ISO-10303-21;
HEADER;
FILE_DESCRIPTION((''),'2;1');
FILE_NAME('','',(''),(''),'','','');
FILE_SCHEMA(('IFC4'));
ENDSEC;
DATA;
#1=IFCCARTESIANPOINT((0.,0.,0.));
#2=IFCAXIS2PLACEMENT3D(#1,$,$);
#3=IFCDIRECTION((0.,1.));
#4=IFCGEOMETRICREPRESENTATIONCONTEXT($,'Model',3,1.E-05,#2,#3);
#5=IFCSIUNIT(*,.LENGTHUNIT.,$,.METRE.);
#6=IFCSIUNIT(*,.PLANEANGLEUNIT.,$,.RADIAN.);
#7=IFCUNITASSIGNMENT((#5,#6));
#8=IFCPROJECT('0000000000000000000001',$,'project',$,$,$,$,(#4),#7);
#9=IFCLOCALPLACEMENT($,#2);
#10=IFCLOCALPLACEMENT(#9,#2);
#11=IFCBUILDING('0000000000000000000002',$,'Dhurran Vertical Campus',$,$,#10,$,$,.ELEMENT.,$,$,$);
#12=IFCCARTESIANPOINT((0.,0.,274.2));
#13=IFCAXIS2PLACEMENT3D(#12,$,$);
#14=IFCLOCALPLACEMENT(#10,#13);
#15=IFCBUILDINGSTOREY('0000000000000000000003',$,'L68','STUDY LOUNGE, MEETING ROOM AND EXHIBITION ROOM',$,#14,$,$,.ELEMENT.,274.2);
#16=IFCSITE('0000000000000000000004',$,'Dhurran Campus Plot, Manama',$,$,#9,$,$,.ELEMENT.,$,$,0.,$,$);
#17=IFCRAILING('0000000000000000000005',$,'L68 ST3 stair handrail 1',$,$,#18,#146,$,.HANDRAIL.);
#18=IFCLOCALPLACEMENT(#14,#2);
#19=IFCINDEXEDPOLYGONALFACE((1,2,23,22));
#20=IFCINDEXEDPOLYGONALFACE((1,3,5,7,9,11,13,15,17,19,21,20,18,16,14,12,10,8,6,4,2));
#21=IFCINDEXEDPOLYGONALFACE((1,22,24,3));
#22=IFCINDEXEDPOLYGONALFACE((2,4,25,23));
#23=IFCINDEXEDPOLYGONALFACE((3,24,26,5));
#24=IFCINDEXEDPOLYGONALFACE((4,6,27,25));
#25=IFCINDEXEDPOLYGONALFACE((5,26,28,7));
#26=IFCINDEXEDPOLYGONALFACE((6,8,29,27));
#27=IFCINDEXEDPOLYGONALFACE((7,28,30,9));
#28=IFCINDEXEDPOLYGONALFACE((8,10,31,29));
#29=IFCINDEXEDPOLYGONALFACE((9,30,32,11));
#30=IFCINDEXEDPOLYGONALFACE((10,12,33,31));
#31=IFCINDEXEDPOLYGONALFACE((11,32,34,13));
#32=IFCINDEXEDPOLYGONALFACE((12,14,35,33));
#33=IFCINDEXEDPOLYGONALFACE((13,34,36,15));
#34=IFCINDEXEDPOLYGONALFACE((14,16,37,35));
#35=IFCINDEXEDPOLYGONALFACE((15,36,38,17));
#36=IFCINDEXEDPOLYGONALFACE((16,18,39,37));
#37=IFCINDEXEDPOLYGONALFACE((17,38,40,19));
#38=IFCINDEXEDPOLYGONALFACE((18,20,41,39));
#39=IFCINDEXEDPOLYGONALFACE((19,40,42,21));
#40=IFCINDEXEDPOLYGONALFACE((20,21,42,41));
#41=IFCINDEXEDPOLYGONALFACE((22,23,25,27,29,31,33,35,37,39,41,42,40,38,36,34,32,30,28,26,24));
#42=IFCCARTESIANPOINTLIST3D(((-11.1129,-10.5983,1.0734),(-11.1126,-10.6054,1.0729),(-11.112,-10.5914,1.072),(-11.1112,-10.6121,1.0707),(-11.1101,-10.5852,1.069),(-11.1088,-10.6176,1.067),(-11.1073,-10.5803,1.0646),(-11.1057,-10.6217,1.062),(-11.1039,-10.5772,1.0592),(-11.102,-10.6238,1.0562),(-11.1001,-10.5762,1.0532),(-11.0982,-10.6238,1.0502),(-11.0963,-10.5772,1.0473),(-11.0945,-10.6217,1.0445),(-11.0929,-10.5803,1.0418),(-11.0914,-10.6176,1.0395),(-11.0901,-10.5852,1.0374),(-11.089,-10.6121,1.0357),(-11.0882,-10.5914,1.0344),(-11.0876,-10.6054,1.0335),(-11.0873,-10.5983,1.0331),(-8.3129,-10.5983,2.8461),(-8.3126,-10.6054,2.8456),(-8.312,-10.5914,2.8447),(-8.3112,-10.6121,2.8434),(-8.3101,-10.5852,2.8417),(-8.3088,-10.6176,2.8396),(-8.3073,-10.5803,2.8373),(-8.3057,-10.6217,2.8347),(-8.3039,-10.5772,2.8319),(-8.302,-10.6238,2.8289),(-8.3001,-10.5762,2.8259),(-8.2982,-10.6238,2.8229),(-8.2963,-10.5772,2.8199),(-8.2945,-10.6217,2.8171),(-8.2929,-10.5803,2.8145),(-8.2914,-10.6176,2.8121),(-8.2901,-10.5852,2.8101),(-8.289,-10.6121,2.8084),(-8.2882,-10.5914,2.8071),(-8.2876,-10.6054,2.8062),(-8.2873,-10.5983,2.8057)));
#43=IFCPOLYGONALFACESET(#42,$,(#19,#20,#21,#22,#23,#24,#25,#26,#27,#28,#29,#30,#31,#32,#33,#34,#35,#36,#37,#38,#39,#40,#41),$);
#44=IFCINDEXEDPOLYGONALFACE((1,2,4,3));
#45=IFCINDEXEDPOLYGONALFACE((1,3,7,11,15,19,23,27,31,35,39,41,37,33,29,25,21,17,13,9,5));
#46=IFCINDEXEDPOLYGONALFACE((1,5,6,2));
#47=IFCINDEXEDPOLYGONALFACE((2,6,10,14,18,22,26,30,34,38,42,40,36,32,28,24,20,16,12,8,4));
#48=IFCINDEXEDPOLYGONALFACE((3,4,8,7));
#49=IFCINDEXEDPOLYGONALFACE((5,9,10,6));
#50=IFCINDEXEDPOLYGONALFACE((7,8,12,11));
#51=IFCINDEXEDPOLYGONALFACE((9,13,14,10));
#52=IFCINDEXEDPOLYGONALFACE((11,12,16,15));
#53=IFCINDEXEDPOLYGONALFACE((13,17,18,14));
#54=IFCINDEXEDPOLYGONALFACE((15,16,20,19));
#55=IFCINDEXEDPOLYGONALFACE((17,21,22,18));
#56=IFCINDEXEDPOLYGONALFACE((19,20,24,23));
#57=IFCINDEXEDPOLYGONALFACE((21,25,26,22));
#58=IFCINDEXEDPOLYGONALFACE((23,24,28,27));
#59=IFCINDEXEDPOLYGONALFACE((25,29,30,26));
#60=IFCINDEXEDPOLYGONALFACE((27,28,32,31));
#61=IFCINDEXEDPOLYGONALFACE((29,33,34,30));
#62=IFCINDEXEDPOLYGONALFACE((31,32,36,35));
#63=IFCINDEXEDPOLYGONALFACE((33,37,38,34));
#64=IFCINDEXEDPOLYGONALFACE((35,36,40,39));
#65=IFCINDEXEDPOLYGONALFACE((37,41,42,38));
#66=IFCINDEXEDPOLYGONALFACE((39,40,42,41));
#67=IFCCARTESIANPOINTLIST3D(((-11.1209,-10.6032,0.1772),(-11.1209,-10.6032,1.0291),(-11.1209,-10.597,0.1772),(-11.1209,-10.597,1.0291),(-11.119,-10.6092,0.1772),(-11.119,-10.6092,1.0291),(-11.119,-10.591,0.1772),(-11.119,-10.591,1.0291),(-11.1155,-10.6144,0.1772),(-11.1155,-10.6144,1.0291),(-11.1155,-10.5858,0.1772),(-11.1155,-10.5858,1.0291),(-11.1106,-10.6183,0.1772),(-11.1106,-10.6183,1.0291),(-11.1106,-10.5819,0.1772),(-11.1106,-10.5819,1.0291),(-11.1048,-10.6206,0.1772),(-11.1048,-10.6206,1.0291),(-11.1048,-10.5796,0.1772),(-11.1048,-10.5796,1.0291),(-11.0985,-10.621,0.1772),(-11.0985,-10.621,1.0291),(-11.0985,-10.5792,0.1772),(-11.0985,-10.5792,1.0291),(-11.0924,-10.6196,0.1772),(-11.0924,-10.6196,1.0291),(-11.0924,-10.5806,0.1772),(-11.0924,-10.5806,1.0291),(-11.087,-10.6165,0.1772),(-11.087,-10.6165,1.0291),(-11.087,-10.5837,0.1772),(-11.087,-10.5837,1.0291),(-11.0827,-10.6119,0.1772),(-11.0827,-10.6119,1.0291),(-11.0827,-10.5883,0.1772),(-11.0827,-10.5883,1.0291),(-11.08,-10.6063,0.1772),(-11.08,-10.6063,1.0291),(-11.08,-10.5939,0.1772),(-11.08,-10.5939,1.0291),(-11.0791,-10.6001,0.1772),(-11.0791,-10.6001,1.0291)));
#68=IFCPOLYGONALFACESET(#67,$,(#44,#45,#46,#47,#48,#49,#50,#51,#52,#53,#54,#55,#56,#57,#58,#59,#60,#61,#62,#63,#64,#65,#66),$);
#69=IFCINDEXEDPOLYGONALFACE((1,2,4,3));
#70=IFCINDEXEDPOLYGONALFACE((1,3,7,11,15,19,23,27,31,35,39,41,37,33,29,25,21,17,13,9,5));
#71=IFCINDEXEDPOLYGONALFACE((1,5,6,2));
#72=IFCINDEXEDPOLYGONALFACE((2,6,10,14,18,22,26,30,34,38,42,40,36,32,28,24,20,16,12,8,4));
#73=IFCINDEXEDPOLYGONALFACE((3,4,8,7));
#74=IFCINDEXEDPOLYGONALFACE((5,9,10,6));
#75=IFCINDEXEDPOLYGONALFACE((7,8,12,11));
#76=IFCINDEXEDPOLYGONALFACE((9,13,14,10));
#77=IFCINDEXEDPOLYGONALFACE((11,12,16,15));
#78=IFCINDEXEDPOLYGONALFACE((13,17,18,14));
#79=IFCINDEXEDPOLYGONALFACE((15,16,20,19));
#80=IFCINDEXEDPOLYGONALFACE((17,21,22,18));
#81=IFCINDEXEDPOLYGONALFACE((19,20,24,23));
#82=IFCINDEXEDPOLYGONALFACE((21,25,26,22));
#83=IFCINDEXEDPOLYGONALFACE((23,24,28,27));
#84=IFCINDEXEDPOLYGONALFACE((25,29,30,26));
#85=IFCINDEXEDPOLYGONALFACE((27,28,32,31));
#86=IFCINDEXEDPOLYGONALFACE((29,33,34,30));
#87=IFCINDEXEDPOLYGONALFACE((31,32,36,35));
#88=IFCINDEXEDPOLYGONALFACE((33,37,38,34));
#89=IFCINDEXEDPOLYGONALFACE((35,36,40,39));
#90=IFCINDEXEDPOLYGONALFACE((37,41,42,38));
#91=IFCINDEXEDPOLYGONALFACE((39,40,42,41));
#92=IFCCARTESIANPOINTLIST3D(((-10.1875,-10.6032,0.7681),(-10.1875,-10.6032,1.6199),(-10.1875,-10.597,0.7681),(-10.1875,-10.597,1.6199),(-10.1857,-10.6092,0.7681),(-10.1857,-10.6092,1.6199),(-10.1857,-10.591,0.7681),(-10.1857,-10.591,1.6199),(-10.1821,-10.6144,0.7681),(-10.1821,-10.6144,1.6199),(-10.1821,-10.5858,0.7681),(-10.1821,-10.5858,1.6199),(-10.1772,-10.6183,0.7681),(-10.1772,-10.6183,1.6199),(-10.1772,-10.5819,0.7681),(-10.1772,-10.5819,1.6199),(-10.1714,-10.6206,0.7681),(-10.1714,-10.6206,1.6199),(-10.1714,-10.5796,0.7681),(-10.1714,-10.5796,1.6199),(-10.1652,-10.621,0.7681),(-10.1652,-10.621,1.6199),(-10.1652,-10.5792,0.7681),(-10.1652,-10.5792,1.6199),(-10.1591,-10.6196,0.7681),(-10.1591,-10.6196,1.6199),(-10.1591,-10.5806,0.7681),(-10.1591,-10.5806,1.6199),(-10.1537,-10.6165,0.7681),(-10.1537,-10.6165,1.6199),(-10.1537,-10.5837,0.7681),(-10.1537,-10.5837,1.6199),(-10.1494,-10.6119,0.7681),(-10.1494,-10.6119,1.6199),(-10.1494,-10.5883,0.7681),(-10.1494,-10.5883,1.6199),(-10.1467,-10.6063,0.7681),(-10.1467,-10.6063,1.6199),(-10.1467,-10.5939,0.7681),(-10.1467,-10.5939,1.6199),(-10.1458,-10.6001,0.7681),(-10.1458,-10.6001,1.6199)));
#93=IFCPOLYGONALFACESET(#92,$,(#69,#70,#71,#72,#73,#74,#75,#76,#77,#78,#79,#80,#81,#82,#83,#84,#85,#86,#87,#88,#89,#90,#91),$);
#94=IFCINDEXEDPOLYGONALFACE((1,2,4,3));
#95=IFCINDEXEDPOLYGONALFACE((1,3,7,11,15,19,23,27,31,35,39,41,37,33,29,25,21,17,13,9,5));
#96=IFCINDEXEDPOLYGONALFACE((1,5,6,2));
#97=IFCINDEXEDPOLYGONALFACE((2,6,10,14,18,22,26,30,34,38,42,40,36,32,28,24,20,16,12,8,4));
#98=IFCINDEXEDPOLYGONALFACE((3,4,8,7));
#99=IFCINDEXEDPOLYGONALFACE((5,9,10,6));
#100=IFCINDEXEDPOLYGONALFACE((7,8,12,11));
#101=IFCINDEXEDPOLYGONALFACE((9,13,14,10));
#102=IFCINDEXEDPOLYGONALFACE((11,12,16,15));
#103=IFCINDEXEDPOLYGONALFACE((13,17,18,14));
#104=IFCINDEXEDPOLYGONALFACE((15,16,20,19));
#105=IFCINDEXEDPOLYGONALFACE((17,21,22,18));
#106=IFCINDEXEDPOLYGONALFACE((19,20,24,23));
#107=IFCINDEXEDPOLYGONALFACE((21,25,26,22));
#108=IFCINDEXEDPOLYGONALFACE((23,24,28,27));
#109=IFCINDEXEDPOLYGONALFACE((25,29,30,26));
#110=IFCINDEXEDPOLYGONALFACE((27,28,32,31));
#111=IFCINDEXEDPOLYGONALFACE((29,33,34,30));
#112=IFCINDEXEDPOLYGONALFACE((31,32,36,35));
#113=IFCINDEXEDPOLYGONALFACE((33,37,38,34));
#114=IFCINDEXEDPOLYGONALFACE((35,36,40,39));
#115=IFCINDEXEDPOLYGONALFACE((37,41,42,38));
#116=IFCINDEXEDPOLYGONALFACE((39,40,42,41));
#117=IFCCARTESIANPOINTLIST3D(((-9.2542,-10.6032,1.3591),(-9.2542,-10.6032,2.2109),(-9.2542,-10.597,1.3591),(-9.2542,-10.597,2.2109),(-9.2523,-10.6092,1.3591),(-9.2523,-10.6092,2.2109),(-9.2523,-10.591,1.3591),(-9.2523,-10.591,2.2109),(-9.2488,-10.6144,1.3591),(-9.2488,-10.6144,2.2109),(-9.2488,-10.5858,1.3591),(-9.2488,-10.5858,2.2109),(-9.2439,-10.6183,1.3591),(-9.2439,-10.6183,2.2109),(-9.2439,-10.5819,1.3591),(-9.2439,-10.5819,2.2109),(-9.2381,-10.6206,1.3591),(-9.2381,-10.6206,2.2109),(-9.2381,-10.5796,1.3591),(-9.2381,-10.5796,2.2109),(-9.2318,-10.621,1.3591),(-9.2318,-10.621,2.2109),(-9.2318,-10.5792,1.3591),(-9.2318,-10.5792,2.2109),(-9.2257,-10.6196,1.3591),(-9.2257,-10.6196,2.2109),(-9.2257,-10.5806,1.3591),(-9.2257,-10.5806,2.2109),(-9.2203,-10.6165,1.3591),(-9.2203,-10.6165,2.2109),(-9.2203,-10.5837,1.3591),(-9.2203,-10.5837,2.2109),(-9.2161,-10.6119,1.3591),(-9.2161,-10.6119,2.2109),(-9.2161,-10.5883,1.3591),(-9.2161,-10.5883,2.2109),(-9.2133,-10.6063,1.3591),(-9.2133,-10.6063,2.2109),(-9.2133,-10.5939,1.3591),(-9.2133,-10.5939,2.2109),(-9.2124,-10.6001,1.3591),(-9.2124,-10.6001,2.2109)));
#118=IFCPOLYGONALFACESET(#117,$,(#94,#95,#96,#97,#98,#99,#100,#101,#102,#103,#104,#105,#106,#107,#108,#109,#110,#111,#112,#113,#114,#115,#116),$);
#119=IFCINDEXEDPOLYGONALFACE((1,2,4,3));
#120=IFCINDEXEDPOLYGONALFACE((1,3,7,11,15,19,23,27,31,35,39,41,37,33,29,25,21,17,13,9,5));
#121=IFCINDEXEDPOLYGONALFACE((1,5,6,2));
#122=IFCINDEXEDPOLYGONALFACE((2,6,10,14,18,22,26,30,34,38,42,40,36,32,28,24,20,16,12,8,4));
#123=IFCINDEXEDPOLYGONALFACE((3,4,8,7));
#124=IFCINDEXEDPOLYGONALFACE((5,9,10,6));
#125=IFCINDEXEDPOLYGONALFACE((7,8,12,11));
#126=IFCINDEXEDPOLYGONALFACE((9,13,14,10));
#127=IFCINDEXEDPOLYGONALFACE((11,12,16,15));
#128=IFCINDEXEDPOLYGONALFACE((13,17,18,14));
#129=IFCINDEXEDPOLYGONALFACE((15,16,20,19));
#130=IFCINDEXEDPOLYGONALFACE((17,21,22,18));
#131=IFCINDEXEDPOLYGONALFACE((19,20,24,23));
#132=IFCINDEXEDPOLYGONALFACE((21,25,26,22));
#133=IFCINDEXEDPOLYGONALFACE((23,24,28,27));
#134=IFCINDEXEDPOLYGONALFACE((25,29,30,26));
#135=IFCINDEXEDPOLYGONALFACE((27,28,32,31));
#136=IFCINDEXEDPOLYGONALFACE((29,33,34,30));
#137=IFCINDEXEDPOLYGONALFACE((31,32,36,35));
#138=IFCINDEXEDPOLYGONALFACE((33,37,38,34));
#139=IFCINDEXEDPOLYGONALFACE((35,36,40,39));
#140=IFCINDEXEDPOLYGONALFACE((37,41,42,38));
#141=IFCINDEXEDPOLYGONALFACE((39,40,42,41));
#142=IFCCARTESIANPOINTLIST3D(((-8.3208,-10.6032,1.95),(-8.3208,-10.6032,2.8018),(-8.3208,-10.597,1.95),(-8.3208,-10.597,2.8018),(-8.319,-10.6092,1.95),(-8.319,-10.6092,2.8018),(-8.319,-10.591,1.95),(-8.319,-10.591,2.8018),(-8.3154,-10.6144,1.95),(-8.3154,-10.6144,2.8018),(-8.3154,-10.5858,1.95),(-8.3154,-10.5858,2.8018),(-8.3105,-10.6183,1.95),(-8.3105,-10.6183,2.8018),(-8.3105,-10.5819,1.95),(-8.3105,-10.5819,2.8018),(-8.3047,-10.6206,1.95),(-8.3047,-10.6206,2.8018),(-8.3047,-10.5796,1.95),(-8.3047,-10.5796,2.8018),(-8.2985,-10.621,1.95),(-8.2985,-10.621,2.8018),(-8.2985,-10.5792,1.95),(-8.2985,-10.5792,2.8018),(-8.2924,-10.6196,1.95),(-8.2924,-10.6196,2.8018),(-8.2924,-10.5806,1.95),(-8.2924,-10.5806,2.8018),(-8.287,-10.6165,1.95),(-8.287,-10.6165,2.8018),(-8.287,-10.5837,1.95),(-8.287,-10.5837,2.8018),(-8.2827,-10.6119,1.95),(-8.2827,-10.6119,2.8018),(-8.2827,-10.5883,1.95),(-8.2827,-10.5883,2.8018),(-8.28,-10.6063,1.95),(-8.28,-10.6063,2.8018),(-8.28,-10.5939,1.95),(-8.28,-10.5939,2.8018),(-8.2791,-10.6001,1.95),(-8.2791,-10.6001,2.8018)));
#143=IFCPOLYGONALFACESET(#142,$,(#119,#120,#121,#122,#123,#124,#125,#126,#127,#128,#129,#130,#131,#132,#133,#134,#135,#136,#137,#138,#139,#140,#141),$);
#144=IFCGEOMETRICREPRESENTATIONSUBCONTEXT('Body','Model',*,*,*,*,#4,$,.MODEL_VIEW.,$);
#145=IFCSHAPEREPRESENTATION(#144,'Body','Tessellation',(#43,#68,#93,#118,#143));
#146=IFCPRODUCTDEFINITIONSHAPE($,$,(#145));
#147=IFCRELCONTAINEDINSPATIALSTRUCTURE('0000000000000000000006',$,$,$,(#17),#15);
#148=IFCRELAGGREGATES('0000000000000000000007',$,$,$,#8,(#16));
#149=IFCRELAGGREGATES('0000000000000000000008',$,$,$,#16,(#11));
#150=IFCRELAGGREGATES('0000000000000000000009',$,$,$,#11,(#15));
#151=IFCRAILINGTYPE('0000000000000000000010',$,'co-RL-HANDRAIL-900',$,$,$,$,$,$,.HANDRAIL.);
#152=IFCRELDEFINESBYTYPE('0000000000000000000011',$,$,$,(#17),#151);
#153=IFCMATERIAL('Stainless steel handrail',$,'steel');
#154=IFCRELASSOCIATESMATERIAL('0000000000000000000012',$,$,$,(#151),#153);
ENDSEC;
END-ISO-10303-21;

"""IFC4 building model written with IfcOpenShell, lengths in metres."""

from ifc_helpers import new_model, si_unit, direction, frame, origin, origin_2d, place, context, subcontext, project, spatial, circle, extrude, material, type_object, element, save


model = new_model("IFC4")

# Units and contexts
model_context = context("Model", 3, precision=1e-05, world=origin(), true_north=direction((0.0, 1.0)))
body_context = subcontext(model_context, "Body", "Model", "MODEL_VIEW")
ifc_project = project(units=[si_unit("LENGTHUNIT", "METRE"), si_unit("PLANEANGLEUNIT", "RADIAN")], contexts=[model_context])

# Site, building, storey
site_placement = place(None, origin())
site = spatial("IfcSite", under=ifc_project, at=site_placement, Name="Dhurran Campus Plot, Manama", CompositionType="ELEMENT", RefElevation=0.0)
building_placement = place(site_placement, origin())
building = spatial("IfcBuilding", under=site, at=building_placement, Name="Dhurran Vertical Campus", CompositionType="ELEMENT")
storey_placement = place(building_placement, frame((0.0, 0.0, 274.2)))
storey = spatial("IfcBuildingStorey", under=building, at=storey_placement, Name="L68", Description="STUDY LOUNGE, MEETING ROOM AND EXHIBITION ROOM", CompositionType="ELEMENT", Elevation=274.2)

# Railing
ifc_material_1 = material(Name="Stainless steel handrail", Category="steel")
railing_type_1 = type_object("IfcRailingType", Name="co-RL-HANDRAIL-900", PredefinedType="HANDRAIL", material=ifc_material_1)
railing_1_placement = place(storey_placement, frame((-11.1001, -10.6001, 0.1772)))
element("IfcRailing", 1, at=railing_1_placement, inside=storey, type_object=railing_type_1, Name="L68 ST3 stair handrail 1", PredefinedType="HANDRAIL", context=body_context, shape_type="SweptSolid", body=[
    extrude(circle(Radius=0.0239, at=origin_2d()), frame((0.0, 0.0, 0.876), z_axis=(0.844909, 0.0, 0.53491), x_axis=(0.0, 1.0, 0.0)), (0.0, 0.0, 1.0), 3.314),
    extrude(circle(Radius=0.021, at=origin_2d()), origin(), (0.0, 0.0, 1.0), 0.8518),
    extrude(circle(Radius=0.021, at=origin_2d()), frame((0.9333, 0.0, 0.5908)), (0.0, 0.0, 1.0), 0.8518),
    extrude(circle(Radius=0.021, at=origin_2d()), frame((1.8667, 0.0, 1.1819)), (0.0, 0.0, 1.0), 0.8518),
    extrude(circle(Radius=0.021, at=origin_2d()), frame((2.8, 0.0, 1.7727)), (0.0, 0.0, 1.0), 0.8518),
])

save(model, "model.ifc")
